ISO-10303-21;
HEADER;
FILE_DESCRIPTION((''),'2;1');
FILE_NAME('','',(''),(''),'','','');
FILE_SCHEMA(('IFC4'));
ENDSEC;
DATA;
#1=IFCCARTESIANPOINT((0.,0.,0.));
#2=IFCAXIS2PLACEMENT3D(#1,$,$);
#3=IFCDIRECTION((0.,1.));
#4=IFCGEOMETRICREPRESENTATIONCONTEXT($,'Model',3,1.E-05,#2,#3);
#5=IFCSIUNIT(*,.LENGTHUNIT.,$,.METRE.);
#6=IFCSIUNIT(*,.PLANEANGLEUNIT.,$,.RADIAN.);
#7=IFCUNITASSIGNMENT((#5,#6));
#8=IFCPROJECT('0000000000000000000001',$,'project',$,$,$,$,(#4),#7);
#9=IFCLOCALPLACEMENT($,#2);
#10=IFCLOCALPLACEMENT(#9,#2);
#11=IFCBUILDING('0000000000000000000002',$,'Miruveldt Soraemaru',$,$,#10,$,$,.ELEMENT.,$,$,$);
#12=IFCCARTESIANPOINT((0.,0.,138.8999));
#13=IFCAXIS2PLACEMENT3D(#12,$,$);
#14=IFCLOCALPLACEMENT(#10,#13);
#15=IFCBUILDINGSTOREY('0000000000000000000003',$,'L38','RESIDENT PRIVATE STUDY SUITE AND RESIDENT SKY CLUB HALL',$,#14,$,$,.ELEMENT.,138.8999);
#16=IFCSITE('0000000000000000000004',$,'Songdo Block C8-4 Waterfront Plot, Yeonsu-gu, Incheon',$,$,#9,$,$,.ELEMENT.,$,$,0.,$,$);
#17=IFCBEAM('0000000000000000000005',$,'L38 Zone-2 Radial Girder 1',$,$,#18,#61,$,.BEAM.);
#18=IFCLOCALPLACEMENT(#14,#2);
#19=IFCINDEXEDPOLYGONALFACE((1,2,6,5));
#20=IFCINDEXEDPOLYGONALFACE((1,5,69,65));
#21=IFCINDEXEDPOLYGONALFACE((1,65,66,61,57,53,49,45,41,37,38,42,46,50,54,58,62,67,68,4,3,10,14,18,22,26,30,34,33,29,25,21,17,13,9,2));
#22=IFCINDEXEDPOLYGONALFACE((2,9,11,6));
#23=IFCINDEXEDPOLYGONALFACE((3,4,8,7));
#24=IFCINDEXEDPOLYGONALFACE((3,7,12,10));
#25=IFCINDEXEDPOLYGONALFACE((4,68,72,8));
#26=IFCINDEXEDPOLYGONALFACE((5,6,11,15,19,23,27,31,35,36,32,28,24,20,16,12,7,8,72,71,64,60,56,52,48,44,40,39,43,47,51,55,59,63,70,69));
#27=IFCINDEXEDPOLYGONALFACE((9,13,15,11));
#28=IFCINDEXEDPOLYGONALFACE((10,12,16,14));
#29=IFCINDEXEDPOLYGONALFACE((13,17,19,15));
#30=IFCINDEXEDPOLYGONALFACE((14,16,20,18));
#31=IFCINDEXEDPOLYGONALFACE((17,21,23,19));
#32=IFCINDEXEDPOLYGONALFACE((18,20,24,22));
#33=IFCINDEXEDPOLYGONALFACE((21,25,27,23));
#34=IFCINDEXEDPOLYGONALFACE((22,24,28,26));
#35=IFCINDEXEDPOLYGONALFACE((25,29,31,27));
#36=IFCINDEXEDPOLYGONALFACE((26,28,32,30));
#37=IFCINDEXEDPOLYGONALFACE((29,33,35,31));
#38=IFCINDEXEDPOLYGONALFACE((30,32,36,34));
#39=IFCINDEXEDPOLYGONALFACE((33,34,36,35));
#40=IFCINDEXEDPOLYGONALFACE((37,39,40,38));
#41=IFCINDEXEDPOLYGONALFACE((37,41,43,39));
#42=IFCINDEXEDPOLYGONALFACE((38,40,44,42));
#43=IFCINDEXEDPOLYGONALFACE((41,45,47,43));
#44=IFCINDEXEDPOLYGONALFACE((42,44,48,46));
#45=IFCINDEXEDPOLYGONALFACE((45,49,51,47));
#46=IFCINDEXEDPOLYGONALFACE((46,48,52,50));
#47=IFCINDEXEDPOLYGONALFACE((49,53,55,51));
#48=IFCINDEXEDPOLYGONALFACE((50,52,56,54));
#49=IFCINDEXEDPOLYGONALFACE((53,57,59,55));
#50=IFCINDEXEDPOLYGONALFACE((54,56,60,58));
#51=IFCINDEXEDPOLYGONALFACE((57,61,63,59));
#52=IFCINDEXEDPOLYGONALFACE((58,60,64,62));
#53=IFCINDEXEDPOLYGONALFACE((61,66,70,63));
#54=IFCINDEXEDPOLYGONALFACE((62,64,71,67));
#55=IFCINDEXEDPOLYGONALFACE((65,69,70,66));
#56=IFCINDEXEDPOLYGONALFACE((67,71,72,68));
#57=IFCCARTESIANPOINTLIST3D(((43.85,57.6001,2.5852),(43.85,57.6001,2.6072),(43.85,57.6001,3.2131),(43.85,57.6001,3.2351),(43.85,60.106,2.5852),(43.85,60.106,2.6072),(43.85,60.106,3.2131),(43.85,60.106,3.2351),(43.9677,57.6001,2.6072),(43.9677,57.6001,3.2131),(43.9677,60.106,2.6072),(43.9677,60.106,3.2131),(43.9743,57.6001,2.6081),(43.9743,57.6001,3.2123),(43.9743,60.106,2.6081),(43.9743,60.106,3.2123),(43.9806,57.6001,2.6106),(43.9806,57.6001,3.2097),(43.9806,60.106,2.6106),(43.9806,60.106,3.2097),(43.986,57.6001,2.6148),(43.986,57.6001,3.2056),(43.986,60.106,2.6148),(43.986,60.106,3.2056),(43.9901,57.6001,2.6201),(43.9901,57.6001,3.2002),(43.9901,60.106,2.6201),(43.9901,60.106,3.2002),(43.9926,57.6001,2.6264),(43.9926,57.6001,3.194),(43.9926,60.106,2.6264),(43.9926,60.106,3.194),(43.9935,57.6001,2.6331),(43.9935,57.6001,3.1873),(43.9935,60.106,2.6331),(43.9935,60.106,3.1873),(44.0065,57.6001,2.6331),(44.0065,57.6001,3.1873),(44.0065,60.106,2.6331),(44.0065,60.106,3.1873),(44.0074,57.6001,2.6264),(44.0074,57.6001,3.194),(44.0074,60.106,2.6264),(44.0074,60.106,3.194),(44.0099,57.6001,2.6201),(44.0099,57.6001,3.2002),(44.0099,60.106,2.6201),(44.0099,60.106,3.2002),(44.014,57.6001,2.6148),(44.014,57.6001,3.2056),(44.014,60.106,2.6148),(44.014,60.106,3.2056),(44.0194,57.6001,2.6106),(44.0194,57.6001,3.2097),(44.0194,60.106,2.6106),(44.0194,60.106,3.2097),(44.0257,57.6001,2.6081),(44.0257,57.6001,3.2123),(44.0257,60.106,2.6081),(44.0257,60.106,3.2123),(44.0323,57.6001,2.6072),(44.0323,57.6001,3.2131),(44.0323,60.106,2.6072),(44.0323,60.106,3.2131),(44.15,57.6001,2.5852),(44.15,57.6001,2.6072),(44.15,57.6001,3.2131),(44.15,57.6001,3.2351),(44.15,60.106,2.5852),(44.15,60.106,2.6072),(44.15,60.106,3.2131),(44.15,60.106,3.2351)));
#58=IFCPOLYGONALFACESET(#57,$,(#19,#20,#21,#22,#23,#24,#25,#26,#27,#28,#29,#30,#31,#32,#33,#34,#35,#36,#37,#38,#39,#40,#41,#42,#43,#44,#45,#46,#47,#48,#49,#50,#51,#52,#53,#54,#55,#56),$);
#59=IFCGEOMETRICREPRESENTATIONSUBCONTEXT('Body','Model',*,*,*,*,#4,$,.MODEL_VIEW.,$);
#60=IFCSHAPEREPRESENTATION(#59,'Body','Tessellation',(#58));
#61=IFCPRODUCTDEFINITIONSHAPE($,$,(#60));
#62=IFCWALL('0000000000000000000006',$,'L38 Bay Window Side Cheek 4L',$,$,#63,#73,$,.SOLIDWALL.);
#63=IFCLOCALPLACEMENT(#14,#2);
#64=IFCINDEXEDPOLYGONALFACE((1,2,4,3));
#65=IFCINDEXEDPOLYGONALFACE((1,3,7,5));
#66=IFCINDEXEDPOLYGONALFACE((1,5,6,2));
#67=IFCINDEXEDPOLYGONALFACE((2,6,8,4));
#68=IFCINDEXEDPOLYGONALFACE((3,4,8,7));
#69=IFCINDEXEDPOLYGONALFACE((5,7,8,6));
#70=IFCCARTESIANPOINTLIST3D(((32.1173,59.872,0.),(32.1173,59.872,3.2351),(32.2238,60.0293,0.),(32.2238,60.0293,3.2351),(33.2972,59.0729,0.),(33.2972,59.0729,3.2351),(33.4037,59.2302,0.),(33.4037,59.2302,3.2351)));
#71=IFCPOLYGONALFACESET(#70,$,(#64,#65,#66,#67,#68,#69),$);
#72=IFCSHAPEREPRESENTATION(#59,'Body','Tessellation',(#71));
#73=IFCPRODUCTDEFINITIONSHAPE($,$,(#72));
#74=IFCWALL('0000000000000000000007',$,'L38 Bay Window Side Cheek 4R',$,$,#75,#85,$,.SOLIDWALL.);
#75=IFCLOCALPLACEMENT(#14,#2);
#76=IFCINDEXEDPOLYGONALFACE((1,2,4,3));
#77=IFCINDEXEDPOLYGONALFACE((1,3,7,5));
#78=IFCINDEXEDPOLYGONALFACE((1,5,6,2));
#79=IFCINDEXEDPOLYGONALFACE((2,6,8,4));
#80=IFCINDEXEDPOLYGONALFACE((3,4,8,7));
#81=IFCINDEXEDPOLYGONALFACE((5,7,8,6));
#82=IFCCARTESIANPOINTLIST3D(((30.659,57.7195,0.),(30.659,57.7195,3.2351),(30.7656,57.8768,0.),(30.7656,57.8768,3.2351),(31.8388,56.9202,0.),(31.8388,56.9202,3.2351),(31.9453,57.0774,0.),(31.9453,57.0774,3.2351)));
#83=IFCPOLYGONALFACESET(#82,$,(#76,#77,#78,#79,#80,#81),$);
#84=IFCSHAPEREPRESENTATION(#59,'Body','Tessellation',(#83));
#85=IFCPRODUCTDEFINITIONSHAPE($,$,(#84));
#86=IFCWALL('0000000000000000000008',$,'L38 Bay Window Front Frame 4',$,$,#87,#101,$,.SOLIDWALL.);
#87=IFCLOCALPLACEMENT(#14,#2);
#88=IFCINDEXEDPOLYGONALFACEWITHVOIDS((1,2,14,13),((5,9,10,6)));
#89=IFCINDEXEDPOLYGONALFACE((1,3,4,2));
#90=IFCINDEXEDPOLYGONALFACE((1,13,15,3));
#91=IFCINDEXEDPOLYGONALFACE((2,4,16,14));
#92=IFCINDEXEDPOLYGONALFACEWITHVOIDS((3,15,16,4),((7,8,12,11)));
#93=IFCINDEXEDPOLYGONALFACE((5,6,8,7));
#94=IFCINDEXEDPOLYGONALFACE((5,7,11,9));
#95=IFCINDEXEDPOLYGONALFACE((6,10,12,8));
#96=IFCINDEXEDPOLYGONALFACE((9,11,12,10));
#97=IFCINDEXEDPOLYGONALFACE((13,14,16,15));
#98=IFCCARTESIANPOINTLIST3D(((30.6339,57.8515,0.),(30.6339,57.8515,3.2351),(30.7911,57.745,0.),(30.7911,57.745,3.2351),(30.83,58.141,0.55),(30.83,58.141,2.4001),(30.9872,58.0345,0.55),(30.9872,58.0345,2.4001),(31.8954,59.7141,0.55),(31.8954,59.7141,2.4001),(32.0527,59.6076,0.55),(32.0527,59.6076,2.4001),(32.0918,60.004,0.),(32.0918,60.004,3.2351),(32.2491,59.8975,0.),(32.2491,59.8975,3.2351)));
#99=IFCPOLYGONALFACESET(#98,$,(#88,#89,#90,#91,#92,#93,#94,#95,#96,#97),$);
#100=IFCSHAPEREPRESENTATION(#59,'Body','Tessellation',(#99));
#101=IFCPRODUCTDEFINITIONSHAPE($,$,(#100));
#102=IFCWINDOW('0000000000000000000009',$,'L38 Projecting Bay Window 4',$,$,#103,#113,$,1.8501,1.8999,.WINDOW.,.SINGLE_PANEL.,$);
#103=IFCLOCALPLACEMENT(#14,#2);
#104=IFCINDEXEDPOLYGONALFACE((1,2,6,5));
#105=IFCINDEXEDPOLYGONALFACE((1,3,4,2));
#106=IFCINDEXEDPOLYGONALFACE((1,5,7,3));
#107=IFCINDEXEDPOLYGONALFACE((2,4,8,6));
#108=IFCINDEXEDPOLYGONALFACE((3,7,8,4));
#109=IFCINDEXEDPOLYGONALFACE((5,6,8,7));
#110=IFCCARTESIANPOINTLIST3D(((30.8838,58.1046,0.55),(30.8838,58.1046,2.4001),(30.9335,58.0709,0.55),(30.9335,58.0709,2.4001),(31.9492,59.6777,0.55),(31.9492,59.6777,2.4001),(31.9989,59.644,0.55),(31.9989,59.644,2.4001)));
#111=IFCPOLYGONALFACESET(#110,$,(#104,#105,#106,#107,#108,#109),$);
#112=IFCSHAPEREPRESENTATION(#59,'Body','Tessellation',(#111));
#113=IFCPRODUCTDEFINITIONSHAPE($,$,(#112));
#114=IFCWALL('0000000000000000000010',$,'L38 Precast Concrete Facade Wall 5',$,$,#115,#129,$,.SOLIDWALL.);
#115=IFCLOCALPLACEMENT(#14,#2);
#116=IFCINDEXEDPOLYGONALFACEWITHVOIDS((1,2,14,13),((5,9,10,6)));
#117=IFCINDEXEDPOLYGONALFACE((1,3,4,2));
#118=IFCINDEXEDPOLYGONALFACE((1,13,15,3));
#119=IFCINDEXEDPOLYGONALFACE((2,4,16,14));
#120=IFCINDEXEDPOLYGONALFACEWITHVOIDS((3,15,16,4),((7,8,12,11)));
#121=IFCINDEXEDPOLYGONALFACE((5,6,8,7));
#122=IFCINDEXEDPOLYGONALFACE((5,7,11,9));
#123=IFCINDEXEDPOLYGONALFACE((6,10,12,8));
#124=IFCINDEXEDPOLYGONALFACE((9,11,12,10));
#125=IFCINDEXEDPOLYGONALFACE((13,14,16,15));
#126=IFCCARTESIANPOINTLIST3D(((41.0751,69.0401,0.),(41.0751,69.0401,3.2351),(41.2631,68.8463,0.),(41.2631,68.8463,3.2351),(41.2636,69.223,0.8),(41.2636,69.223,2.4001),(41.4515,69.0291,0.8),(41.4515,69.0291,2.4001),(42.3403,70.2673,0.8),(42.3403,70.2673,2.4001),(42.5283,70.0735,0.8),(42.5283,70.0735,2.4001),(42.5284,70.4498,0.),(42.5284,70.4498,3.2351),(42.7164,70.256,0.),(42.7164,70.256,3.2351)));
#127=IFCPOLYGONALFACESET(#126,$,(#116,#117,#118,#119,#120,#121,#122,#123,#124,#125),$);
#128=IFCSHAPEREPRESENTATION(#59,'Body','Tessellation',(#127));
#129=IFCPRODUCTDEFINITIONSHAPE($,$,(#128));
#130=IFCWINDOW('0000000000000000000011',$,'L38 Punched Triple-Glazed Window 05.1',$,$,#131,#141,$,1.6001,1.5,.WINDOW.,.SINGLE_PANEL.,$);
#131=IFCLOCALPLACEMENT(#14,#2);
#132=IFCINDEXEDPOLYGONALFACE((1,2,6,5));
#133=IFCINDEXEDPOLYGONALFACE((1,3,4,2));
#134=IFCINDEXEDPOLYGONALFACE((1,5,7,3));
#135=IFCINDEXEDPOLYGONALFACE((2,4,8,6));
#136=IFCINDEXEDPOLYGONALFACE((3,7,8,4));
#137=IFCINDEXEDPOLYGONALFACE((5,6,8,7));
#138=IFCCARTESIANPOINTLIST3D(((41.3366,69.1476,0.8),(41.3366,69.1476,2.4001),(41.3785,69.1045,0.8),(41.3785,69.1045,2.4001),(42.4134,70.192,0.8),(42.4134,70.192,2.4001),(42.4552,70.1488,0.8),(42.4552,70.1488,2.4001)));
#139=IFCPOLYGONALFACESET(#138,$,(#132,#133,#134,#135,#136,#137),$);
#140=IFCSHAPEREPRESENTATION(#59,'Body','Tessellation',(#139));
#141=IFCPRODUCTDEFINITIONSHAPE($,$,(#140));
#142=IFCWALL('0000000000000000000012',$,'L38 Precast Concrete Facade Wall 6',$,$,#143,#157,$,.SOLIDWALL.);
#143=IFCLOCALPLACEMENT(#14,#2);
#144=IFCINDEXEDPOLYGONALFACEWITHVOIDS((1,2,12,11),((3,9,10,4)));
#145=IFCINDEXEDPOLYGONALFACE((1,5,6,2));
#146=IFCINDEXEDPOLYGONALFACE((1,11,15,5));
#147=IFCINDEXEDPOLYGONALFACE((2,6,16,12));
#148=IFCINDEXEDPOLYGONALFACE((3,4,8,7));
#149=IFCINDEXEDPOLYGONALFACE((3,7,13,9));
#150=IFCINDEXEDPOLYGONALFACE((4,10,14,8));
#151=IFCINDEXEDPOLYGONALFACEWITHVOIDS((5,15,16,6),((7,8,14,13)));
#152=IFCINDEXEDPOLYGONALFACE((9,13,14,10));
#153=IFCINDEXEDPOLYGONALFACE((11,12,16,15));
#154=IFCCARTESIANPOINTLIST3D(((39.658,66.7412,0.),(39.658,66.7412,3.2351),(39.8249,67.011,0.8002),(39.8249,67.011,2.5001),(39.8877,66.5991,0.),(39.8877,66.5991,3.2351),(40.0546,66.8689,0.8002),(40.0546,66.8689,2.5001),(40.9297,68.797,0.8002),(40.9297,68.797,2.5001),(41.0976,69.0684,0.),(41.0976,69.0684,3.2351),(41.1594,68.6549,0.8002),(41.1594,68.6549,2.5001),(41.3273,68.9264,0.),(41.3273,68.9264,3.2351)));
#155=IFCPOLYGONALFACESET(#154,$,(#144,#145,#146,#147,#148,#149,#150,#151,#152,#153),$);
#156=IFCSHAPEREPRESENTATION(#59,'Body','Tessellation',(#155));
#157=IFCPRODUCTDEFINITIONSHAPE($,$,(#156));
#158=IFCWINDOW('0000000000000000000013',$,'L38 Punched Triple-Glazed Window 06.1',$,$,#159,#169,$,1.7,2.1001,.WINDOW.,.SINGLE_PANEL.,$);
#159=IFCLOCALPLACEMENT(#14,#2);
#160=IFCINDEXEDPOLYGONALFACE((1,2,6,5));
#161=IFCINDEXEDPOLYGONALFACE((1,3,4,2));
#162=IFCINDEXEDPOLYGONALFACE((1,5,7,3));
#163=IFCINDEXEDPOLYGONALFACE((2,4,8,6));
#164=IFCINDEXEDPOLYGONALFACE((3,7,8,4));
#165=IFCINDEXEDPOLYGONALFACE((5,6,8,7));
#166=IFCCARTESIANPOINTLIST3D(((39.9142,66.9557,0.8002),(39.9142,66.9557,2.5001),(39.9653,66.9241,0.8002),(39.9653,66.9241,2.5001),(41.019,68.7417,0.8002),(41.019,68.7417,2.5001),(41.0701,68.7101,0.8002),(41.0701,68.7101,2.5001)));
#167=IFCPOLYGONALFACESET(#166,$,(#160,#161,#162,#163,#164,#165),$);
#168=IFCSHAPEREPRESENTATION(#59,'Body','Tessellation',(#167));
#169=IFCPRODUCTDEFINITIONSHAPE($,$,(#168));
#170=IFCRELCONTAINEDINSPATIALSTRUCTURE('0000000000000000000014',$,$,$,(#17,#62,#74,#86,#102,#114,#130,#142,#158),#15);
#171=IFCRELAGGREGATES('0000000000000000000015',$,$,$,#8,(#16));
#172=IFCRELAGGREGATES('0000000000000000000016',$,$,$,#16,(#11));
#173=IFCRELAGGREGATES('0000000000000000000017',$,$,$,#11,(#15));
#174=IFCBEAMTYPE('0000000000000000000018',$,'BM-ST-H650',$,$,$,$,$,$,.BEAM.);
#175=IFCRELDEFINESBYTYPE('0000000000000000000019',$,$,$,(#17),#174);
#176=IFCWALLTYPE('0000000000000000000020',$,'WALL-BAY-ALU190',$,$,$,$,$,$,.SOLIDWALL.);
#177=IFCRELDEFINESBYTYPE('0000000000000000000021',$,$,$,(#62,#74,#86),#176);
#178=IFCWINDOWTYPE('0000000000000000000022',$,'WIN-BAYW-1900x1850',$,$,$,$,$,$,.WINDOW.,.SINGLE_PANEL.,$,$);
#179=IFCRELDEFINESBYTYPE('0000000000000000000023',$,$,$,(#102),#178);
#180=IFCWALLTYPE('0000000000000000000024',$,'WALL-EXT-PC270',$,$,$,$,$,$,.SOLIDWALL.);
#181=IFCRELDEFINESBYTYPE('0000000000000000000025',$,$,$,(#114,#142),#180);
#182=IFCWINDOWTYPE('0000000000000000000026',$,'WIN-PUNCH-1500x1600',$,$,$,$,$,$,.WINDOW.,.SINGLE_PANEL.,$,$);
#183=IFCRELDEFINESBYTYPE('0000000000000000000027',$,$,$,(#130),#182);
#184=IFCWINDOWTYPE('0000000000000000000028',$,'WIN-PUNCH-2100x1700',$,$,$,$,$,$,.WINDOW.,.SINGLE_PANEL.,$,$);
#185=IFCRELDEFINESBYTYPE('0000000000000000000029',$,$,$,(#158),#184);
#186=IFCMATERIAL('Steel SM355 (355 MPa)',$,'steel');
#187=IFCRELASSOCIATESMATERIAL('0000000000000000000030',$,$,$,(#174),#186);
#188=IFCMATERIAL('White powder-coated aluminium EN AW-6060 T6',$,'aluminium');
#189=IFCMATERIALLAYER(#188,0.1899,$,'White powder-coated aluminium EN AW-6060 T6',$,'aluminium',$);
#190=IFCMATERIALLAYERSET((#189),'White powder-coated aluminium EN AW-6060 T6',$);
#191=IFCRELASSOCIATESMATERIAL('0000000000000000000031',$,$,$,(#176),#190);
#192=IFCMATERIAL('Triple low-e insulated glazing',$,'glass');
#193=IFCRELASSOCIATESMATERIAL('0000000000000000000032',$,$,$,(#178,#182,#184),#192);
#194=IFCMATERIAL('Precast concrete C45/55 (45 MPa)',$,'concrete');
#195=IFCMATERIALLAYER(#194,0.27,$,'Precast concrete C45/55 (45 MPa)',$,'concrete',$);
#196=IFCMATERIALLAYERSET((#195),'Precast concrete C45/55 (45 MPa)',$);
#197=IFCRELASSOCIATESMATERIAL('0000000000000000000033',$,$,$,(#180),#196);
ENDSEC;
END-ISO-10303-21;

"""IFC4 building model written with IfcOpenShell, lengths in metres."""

from ifc_helpers import new_model, si_unit, direction, frame, frame_2d, origin, origin_2d, place, context, subcontext, project, spatial, rectangle, i_section, extrude, material, layer, layer_set, material_profile, profile_set, type_object, element, fill, save


model = new_model("IFC4")

# Units and contexts
model_context = context("Model", 3, precision=1e-05, world=origin(), true_north=direction((0.0, 1.0)))
body_context = subcontext(model_context, "Body", "Model", "MODEL_VIEW")
ifc_project = project(units=[si_unit("LENGTHUNIT", "METRE"), si_unit("PLANEANGLEUNIT", "RADIAN")], contexts=[model_context])

# Site, building, storey
site_placement = place(None, origin())
site = spatial("IfcSite", under=ifc_project, at=site_placement, Name="Songdo Block C8-4 Waterfront Plot, Yeonsu-gu, Incheon", CompositionType="ELEMENT", RefElevation=0.0)
building_placement = place(site_placement, origin())
building = spatial("IfcBuilding", under=site, at=building_placement, Name="Miruveldt Soraemaru", CompositionType="ELEMENT")
storey_placement = place(building_placement, frame((0.0, 0.0, 138.8999)))
storey = spatial("IfcBuildingStorey", under=building, at=storey_placement, Name="L38", Description="RESIDENT PRIVATE STUDY SUITE AND RESIDENT SKY CLUB HALL", CompositionType="ELEMENT", Elevation=138.8999)

# Beam
ifc_material_1 = material(Name="Steel SM355 (355 MPa)", Category="steel")
ifc_material_profile = material_profile(ifc_material_1, i_section(OverallWidth=0.3, OverallDepth=0.6499, WebThickness=0.0129, FlangeThickness=0.022, FilletRadius=0.0259, at=origin_2d()), Name="Steel SM355 (355 MPa)", Category="steel")
ifc_profile_set = profile_set([ifc_material_profile], Name="Steel SM355 (355 MPa)")
beam_type = type_object("IfcBeamType", Name="BM-ST-H650", PredefinedType="BEAM", material=ifc_profile_set)
beam_placement = place(storey_placement, frame((44.0, 57.6001, 2.9102), z_axis=(0.0, 1.0, 0.0), x_axis=(-1.0, 0.0, 0.0)))
element("IfcBeam", 1, at=beam_placement, inside=storey, type_object=beam_type, Name="L38 Zone-2 Radial Girder 1", PredefinedType="BEAM", context=body_context, shape_type="SweptSolid", body=[
    extrude(i_section(OverallWidth=0.3, OverallDepth=0.6499, WebThickness=0.0129, FlangeThickness=0.022, FilletRadius=0.0259, at=origin_2d()), origin(), (0.0, 0.0, 1.0), 2.5059),
])

# Walls
ifc_material_2 = material(Name="White powder-coated aluminium EN AW-6060 T6", Category="aluminium")
ifc_layer_1 = layer(ifc_material_2, 0.1899, Name="White powder-coated aluminium EN AW-6060 T6", Category="aluminium")
ifc_layer_set_1 = layer_set([ifc_layer_1], Name="White powder-coated aluminium EN AW-6060 T6")
wall_type_1 = type_object("IfcWallType", Name="WALL-BAY-ALU190", PredefinedType="SOLIDWALL", material=ifc_layer_set_1)
for number, where, z_axis, x_axis, name in (
    (2, (33.3503, 59.1516, 0.0), (0.0, 0.0, 1.0), (-0.827996, 0.560734, 0.0), "L38 Bay Window Side Cheek 4L"),
    (3, (30.7124, 57.7981, 0.0), (0.0, 0.0, 1.0), (0.827862, -0.560931, 0.0), "L38 Bay Window Side Cheek 4R"),
):
    element("IfcWall", number, at=place(storey_placement, frame(where, z_axis=z_axis, x_axis=x_axis)), inside=storey, type_object=wall_type_1, Name=name, PredefinedType="SOLIDWALL", context=body_context, shape_type="SweptSolid", body=[
        extrude(rectangle(XDim=1.425, YDim=0.1899, at=frame_2d((0.7124, 0.0))), origin(), (0.0, 0.0, 1.0), 3.2351),
    ])

# Walls, openings, windows
wall_1_placement = place(storey_placement, frame((32.1704, 59.9507, 0.0), z_axis=(0.0, 0.0, 1.0), x_axis=(-0.560796, -0.827954, 0.0)))
wall_1 = element("IfcWall", 4, at=wall_1_placement, inside=storey, type_object=wall_type_1, Name="L38 Bay Window Front Frame 4", PredefinedType="SOLIDWALL", context=body_context, shape_type="SweptSolid", body=[
    extrude(rectangle(XDim=2.5999, YDim=0.1899, at=frame_2d((1.2998, 0.0))), origin(), (0.0, 0.0, 1.0), 3.2351),
])
opening_1_placement = place(wall_1_placement, frame((0.3501, 0.0, 0.55)))
opening_1 = element("IfcOpeningElement", 5, at=opening_1_placement, cuts=wall_1, PredefinedType="OPENING", context=body_context, shape_type="SweptSolid", body=[
    extrude(rectangle(XDim=1.8999, YDim=1.8501, at=frame_2d((0.95, 0.925))), frame((0.0, 0.105, 0.0), z_axis=(0.0, -1.0, 0.0), x_axis=(1.0, 0.0, 0.0)), (0.0, 0.0, 1.0), 0.21),
])
ifc_material_3 = material(Name="Triple low-e insulated glazing", Category="glass")
window_type_1 = type_object("IfcWindowType", Name="WIN-BAYW-1900x1850", PartitioningType="SINGLE_PANEL", PredefinedType="WINDOW", material=ifc_material_3)
window_1_placement = place(opening_1_placement, origin())
window_1 = element("IfcWindow", 6, at=window_1_placement, inside=storey, type_object=window_type_1, Name="L38 Projecting Bay Window 4", OverallHeight=1.8501, OverallWidth=1.8999, PartitioningType="SINGLE_PANEL", PredefinedType="WINDOW", context=body_context, shape_type="SweptSolid", body=[
    extrude(rectangle(XDim=1.8999, YDim=1.8501, at=frame_2d((0.95, 0.925))), frame((0.0, 0.03, 0.0), z_axis=(0.0, -1.0, 0.0), x_axis=(1.0, 0.0, 0.0)), (0.0, 0.0, 1.0), 0.0601),
])
fill(opening_1, window_1)
ifc_material_4 = material(Name="Precast concrete C45/55 (45 MPa)", Category="concrete")
ifc_layer_2 = layer(ifc_material_4, 0.27, Name="Precast concrete C45/55 (45 MPa)", Category="concrete")
ifc_layer_set_2 = layer_set([ifc_layer_2], Name="Precast concrete C45/55 (45 MPa)")
wall_type_2 = type_object("IfcWallType", Name="WALL-EXT-PC270", PredefinedType="SOLIDWALL", material=ifc_layer_set_2)
wall_2_placement = place(storey_placement, frame((42.6223, 70.3528, 0.0), z_axis=(0.0, 0.0, 1.0), x_axis=(-0.717816, -0.696232, 0.0)))
wall_2 = element("IfcWall", 7, at=wall_2_placement, inside=storey, type_object=wall_type_2, Name="L38 Precast Concrete Facade Wall 5", PredefinedType="SOLIDWALL", context=body_context, shape_type="SweptSolid", body=[
    extrude(rectangle(XDim=2.0247, YDim=0.27, at=frame_2d((1.0122, 0.0))), origin(), (0.0, 0.0, 1.0), 3.2351),
])
opening_2_placement = place(wall_2_placement, frame((0.262, 0.0, 0.8)))
opening_2 = element("IfcOpeningElement", 8, at=opening_2_placement, cuts=wall_2, PredefinedType="OPENING", context=body_context, shape_type="SweptSolid", body=[
    extrude(rectangle(XDim=1.5, YDim=1.6001, at=frame_2d((0.75, 0.8))), frame((0.0, 0.145, 0.0), z_axis=(0.0, -1.0, 0.0), x_axis=(1.0, 0.0, 0.0)), (0.0, 0.0, 1.0), 0.29),
])
window_type_2 = type_object("IfcWindowType", Name="WIN-PUNCH-1500x1600", PartitioningType="SINGLE_PANEL", PredefinedType="WINDOW", material=ifc_material_3)
window_2_placement = place(opening_2_placement, origin())
window_2 = element("IfcWindow", 9, at=window_2_placement, inside=storey, type_object=window_type_2, Name="L38 Punched Triple-Glazed Window 05.1", OverallHeight=1.6001, OverallWidth=1.5, PartitioningType="SINGLE_PANEL", PredefinedType="WINDOW", context=body_context, shape_type="SweptSolid", body=[
    extrude(rectangle(XDim=1.5, YDim=1.6001, at=frame_2d((0.75, 0.8))), frame((0.0, 0.03, 0.0), z_axis=(0.0, -1.0, 0.0), x_axis=(1.0, 0.0, 0.0)), (0.0, 0.0, 1.0), 0.0601),
])
fill(opening_2, window_2)
wall_3_placement = place(storey_placement, frame((41.2124, 68.9973, 0.0), z_axis=(0.0, 0.0, 1.0), x_axis=(-0.526072, -0.85044, 0.0)))
wall_3 = element("IfcWall", 10, at=wall_3_placement, inside=storey, type_object=wall_type_2, Name="L38 Precast Concrete Facade Wall 6", PredefinedType="SOLIDWALL", context=body_context, shape_type="SweptSolid", body=[
    extrude(rectangle(XDim=2.7366, YDim=0.27, at=frame_2d((1.3682, 0.0))), origin(), (0.0, 0.0, 1.0), 3.2351),
])
opening_3_placement = place(wall_3_placement, frame((0.3191, 0.0, 0.8)))
opening_3 = element("IfcOpeningElement", 11, at=opening_3_placement, cuts=wall_3, PredefinedType="OPENING", context=body_context, shape_type="SweptSolid", body=[
    extrude(rectangle(XDim=2.1001, YDim=1.7, at=frame_2d((1.05, 0.8501))), frame((0.0, 0.145, 0.0), z_axis=(0.0, -1.0, 0.0), x_axis=(1.0, 0.0, 0.0)), (0.0, 0.0, 1.0), 0.29),
])
window_type_3 = type_object("IfcWindowType", Name="WIN-PUNCH-2100x1700", PartitioningType="SINGLE_PANEL", PredefinedType="WINDOW", material=ifc_material_3)
window_3_placement = place(opening_3_placement, origin())
window_3 = element("IfcWindow", 12, at=window_3_placement, inside=storey, type_object=window_type_3, Name="L38 Punched Triple-Glazed Window 06.1", OverallHeight=1.7, OverallWidth=2.1001, PartitioningType="SINGLE_PANEL", PredefinedType="WINDOW", context=body_context, shape_type="SweptSolid", body=[
    extrude(rectangle(XDim=2.1001, YDim=1.7, at=frame_2d((1.05, 0.8501))), frame((0.0, 0.03, 0.0), z_axis=(0.0, -1.0, 0.0), x_axis=(1.0, 0.0, 0.0)), (0.0, 0.0, 1.0), 0.0601),
])
fill(opening_3, window_3)

save(model, "model.ifc")
